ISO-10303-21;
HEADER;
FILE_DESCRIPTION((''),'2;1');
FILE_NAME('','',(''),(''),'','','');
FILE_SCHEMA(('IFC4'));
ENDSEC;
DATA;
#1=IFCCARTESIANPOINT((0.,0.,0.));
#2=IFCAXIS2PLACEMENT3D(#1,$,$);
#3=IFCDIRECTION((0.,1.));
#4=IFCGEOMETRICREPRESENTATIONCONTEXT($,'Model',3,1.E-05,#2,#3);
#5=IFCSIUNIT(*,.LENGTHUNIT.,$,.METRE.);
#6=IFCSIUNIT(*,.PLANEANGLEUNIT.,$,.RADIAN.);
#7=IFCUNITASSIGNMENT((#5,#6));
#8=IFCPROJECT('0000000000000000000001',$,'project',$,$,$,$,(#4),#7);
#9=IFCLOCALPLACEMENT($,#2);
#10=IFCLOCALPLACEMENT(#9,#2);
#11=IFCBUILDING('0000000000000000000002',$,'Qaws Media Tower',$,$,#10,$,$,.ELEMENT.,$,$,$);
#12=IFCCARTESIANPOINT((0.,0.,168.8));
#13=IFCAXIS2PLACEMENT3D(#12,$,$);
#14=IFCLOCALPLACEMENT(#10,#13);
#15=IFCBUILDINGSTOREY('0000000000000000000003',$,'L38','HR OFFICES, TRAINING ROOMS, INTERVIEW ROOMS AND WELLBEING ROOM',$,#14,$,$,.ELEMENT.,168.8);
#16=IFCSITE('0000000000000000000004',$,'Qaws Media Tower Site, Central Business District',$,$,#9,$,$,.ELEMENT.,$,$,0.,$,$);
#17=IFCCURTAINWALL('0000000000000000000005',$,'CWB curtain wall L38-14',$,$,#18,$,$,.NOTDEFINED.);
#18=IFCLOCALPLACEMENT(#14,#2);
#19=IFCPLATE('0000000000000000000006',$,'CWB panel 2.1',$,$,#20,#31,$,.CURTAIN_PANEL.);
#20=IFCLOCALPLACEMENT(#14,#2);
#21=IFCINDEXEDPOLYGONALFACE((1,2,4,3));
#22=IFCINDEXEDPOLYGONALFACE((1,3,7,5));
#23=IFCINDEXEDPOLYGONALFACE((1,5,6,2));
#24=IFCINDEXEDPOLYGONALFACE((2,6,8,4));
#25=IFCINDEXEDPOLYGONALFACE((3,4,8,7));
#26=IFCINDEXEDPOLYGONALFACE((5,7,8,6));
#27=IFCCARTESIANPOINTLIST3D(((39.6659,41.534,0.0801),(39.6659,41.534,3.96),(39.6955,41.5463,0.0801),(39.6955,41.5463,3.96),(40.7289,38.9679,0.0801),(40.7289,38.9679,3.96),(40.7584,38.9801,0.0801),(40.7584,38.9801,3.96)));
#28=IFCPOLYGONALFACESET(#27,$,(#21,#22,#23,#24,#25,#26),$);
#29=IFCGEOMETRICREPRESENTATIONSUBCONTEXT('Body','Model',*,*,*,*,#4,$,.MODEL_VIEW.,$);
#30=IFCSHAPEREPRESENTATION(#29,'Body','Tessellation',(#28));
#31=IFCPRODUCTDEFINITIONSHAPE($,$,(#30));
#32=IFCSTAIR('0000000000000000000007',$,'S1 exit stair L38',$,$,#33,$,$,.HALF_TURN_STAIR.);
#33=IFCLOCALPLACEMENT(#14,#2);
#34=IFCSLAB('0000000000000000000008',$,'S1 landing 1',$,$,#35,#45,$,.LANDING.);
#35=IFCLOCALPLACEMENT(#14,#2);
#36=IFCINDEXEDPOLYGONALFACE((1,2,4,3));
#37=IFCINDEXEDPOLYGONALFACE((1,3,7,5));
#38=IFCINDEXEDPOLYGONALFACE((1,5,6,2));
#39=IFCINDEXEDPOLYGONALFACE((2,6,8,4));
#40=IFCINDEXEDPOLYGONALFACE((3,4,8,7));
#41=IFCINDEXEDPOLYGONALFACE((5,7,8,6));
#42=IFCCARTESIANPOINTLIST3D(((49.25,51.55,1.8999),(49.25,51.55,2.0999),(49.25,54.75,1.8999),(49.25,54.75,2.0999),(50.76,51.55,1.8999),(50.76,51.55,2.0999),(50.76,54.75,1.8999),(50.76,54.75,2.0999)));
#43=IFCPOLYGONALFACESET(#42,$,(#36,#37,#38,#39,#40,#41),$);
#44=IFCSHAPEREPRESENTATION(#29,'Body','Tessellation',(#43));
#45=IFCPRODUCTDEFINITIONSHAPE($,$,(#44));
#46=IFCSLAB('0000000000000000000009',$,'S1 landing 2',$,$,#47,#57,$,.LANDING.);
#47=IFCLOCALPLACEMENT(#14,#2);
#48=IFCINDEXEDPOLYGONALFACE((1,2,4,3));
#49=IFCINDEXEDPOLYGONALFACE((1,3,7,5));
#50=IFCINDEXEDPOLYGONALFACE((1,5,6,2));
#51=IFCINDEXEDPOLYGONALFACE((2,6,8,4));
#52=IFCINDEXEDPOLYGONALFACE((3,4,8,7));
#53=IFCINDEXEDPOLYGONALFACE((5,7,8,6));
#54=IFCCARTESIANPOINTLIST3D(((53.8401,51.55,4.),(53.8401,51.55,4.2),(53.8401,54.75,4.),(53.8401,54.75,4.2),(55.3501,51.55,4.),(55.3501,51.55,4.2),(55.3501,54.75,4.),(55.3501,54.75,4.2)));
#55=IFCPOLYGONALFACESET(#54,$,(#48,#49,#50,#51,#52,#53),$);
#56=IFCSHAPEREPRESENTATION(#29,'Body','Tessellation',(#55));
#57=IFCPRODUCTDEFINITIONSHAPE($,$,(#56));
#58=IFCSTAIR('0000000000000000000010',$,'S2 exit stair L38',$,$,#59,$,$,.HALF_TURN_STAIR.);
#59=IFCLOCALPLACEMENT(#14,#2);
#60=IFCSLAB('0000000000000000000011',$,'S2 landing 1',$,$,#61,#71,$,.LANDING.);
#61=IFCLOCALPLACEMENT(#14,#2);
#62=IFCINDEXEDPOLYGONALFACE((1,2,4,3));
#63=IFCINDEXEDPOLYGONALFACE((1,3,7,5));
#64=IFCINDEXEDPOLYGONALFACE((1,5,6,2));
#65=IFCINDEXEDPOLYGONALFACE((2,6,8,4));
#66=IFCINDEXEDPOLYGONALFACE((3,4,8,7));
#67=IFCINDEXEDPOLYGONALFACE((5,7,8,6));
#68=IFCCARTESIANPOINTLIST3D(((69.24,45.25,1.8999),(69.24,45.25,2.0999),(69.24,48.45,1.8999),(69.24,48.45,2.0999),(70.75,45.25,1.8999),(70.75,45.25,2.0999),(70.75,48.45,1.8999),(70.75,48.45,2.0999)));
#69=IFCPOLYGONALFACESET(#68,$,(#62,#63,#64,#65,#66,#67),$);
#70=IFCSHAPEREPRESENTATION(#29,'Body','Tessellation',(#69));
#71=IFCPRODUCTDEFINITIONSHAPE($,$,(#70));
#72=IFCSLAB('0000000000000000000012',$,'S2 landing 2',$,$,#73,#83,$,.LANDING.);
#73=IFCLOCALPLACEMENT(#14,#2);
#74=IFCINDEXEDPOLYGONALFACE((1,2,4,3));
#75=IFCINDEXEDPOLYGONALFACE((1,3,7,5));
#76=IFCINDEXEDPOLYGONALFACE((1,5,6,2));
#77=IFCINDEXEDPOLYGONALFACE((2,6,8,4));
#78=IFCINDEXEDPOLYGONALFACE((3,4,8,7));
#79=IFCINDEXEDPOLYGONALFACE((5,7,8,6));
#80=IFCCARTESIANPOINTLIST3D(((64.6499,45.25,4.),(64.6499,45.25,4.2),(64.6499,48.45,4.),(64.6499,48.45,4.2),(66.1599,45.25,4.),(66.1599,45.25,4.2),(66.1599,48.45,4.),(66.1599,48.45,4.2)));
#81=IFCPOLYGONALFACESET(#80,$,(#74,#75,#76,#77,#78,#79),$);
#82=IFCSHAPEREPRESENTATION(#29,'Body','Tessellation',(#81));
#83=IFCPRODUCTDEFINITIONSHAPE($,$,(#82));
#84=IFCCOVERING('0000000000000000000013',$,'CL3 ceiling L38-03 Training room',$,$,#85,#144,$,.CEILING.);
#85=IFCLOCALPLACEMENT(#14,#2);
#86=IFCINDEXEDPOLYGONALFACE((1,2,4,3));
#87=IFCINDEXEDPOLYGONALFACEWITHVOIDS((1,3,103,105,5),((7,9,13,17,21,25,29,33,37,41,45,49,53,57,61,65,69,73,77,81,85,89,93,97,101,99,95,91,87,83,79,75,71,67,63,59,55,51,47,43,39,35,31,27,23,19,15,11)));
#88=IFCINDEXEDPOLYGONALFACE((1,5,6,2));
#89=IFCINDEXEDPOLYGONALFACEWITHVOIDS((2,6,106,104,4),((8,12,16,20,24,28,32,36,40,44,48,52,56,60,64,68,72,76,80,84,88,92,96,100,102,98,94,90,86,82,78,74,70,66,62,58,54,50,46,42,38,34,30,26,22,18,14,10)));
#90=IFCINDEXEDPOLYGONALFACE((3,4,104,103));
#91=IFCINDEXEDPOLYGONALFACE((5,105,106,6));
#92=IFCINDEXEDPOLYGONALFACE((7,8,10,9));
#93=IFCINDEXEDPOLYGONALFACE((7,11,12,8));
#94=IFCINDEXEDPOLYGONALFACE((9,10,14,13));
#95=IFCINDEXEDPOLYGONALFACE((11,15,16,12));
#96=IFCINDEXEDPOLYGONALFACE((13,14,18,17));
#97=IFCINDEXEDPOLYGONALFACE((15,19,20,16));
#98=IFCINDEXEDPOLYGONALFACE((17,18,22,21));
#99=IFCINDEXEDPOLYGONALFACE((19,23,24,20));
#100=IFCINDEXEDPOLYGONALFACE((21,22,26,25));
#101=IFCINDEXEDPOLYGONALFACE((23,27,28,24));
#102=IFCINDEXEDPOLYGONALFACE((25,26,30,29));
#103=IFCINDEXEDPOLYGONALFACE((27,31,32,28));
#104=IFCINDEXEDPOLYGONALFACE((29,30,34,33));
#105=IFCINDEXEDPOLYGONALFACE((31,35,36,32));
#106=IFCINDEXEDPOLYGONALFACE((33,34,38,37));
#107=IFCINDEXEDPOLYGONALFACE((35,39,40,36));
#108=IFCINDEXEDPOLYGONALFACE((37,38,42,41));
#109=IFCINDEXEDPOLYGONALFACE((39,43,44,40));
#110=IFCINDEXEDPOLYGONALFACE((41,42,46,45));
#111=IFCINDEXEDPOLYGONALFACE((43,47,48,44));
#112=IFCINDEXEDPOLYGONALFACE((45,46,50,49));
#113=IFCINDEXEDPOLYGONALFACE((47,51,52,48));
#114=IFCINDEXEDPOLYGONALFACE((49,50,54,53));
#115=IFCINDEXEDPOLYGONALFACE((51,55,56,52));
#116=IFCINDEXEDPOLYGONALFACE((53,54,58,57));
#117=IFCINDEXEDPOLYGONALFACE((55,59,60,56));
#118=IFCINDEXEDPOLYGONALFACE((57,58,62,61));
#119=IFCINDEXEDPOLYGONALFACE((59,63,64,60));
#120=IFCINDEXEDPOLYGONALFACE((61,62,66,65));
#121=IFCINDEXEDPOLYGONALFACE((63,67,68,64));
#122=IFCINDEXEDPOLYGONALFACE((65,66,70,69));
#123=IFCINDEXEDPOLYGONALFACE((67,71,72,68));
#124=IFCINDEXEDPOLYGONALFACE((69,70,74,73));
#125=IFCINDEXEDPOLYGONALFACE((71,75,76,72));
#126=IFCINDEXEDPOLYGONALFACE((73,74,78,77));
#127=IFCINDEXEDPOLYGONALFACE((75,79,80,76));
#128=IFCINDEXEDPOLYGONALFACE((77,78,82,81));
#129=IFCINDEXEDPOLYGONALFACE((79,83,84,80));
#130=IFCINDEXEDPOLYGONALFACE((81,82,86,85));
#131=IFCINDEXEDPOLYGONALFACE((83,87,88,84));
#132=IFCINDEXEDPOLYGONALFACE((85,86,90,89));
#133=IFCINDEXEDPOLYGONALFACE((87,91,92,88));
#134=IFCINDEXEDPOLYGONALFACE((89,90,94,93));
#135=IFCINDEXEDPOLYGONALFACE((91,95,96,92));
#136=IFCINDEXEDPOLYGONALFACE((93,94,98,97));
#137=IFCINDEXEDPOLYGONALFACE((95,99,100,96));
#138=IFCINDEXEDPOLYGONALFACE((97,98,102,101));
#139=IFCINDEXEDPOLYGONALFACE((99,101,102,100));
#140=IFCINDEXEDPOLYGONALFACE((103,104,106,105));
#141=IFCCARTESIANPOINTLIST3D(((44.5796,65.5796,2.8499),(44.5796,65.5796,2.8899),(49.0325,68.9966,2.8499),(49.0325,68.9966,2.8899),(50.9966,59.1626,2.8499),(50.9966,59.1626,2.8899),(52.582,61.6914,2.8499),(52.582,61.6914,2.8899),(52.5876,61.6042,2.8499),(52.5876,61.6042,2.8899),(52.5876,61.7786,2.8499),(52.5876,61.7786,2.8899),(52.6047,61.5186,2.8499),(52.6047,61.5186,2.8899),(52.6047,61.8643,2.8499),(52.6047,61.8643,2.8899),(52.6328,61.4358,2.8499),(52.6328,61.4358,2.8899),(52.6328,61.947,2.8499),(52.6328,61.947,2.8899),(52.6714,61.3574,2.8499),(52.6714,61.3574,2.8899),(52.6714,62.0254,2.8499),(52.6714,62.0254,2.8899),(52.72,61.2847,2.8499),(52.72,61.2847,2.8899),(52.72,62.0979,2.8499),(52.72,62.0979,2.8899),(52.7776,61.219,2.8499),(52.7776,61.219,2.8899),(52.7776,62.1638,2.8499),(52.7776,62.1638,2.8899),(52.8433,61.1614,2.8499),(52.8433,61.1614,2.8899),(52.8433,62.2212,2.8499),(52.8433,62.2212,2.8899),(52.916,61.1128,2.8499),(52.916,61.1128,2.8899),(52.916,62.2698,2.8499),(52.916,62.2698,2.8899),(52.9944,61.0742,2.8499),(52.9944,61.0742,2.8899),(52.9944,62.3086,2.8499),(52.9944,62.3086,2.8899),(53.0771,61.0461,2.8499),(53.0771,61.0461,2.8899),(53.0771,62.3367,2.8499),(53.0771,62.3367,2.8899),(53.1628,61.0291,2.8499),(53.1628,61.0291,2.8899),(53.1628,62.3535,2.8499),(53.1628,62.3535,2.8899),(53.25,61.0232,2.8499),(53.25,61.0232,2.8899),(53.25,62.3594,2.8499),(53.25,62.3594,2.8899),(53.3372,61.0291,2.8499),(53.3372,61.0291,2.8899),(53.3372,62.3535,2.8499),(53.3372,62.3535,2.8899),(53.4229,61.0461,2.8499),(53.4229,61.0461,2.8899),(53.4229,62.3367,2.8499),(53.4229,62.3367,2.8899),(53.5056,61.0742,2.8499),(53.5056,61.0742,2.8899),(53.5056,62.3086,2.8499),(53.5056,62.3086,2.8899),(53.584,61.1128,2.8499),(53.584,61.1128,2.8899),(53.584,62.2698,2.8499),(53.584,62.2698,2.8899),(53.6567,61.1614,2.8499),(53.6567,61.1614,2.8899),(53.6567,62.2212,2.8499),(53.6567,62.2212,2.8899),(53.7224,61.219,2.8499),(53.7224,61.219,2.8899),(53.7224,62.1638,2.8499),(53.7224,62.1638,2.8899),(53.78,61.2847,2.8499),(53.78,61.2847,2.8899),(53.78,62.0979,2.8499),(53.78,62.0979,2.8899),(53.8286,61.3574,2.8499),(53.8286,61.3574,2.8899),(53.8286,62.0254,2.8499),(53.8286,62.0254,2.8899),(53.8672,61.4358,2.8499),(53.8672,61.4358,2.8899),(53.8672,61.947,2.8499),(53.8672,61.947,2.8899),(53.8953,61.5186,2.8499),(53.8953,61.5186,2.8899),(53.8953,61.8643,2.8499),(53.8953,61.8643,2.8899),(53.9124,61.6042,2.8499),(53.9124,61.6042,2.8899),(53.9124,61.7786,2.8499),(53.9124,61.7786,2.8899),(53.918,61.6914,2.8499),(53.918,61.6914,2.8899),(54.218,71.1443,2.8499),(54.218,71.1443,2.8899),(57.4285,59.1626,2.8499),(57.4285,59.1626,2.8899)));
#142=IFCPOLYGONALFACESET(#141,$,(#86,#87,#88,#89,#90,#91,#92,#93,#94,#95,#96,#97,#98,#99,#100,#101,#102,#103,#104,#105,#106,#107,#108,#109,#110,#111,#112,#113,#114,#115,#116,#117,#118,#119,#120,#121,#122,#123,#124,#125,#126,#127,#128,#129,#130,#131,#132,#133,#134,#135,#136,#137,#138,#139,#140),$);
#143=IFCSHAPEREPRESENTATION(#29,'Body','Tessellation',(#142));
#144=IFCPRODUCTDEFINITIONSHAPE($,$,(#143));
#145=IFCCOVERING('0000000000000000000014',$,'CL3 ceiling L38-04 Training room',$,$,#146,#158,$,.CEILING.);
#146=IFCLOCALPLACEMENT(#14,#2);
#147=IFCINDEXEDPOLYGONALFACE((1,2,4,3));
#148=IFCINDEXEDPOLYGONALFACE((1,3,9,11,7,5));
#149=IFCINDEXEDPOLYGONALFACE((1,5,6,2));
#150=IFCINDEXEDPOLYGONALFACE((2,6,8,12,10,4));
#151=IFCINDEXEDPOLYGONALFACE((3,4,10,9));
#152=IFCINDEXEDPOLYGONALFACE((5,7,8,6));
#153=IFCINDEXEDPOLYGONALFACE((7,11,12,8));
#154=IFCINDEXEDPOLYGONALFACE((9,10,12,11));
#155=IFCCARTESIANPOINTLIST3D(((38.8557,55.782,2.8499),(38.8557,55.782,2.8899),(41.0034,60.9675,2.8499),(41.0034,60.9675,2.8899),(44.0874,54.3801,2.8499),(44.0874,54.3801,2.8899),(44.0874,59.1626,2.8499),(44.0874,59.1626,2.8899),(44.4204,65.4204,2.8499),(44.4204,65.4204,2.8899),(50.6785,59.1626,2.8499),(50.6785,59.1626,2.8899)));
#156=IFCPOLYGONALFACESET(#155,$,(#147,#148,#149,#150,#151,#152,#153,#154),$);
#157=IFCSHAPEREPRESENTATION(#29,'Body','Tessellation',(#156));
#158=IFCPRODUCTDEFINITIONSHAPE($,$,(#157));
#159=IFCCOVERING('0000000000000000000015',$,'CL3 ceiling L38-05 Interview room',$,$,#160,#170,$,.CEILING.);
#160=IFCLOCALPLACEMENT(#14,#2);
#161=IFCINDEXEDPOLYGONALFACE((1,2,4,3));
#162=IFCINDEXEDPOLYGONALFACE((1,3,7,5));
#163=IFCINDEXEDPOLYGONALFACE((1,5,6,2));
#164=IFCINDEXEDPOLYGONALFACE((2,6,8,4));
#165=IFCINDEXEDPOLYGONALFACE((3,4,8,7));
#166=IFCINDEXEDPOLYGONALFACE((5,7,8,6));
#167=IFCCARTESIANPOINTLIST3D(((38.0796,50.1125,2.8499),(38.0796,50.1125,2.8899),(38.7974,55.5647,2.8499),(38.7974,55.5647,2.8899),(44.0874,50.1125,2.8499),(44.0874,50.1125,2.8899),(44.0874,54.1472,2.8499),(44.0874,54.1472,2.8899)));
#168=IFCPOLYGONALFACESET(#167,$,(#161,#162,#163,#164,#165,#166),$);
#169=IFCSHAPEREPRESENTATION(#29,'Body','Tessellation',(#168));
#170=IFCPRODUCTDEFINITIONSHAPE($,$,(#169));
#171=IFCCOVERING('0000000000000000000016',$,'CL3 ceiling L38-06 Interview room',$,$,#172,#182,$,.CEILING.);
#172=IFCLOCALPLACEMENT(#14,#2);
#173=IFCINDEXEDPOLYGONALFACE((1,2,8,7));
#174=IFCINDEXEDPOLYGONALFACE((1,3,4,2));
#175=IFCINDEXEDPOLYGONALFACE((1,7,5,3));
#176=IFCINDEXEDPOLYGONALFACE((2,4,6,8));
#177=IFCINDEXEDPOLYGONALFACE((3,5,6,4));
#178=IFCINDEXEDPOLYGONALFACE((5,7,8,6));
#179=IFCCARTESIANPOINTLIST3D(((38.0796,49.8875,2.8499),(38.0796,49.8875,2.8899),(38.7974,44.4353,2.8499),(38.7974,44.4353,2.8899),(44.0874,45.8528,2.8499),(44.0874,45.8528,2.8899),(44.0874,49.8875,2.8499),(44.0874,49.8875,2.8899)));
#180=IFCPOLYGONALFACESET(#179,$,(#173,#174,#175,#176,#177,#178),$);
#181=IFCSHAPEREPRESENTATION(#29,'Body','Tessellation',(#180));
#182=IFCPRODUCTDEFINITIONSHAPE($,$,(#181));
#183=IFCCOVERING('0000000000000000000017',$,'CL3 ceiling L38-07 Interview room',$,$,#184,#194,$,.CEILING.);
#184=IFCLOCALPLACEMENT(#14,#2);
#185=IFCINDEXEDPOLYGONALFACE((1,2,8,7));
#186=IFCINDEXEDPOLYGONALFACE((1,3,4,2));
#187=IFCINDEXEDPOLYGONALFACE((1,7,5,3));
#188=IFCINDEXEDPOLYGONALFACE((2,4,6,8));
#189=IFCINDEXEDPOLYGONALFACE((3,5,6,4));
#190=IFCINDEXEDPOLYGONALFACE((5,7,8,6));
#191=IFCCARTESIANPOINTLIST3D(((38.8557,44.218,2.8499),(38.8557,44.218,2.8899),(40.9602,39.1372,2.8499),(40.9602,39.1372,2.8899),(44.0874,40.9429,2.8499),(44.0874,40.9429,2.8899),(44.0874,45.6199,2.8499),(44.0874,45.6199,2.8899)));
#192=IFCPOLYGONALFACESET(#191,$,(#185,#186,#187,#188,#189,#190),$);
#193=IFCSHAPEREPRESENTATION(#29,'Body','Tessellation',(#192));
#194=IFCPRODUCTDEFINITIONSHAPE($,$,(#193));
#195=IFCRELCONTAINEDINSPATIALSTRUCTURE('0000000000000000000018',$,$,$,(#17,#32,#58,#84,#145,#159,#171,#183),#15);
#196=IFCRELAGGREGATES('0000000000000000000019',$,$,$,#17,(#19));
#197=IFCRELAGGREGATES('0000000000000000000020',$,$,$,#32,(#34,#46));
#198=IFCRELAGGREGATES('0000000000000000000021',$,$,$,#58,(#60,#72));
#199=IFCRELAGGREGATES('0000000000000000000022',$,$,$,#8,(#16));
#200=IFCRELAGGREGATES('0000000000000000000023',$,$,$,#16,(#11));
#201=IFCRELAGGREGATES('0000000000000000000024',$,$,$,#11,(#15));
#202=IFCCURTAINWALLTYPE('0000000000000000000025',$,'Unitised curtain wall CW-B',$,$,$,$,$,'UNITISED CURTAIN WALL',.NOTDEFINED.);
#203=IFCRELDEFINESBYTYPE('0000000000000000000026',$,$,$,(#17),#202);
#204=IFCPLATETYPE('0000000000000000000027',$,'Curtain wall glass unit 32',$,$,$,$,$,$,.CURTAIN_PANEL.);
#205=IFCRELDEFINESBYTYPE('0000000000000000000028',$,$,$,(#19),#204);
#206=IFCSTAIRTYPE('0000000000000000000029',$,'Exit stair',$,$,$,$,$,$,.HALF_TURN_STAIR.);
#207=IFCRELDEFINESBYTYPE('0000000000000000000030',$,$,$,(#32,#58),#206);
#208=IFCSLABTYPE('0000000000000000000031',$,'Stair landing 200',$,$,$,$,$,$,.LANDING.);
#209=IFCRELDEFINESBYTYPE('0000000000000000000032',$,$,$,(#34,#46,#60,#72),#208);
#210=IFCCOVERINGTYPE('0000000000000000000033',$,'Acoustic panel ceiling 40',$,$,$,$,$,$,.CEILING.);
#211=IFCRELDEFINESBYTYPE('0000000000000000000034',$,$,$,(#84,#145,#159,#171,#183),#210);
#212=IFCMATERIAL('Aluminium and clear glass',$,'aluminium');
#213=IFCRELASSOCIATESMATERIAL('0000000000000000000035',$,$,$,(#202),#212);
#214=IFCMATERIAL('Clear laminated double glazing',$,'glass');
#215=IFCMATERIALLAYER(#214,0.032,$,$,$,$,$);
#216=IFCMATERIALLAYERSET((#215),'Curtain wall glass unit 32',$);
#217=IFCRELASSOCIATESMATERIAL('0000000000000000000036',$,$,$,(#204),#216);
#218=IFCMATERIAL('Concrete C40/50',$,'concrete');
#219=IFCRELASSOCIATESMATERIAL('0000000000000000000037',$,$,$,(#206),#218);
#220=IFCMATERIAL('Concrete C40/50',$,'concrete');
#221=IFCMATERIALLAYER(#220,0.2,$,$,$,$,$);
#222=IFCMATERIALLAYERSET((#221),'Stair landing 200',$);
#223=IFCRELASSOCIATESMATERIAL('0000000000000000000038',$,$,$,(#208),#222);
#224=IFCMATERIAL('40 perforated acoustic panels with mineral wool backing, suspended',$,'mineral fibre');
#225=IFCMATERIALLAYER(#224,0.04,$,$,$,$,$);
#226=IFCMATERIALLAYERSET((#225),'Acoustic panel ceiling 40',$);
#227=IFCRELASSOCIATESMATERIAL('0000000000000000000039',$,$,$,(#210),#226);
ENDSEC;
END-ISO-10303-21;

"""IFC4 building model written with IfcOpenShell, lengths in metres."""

from ifc_helpers import new_model, si_unit, direction, frame, origin, origin_2d, place, context, subcontext, project, spatial, polyline, rectangle, outline, extrude, material, layer, layer_set, type_object, element, aggregate, save


model = new_model("IFC4")

# Units and contexts
model_context = context("Model", 3, precision=1e-05, world=origin(), true_north=direction((0.0, 1.0)))
body_context = subcontext(model_context, "Body", "Model", "MODEL_VIEW")
ifc_project = project(units=[si_unit("LENGTHUNIT", "METRE"), si_unit("PLANEANGLEUNIT", "RADIAN")], contexts=[model_context])

# Site, building, storey
site_placement = place(None, origin())
site = spatial("IfcSite", under=ifc_project, at=site_placement, Name="Qaws Media Tower Site, Central Business District", CompositionType="ELEMENT", RefElevation=0.0)
building_placement = place(site_placement, origin())
building = spatial("IfcBuilding", under=site, at=building_placement, Name="Qaws Media Tower", CompositionType="ELEMENT")
storey_placement = place(building_placement, frame((0.0, 0.0, 168.8)))
storey = spatial("IfcBuildingStorey", under=building, at=storey_placement, Name="L38", Description="HR OFFICES, TRAINING ROOMS, INTERVIEW ROOMS AND WELLBEING ROOM", CompositionType="ELEMENT", Elevation=168.8)

# Curtain wall
ifc_material_1 = material(Name="Aluminium and clear glass", Category="aluminium")
curtain_wall_type = type_object("IfcCurtainWallType", Name="Unitised curtain wall CW-B", ElementType="UNITISED CURTAIN WALL", PredefinedType="NOTDEFINED", material=ifc_material_1)
curtain_wall_placement = place(storey_placement, origin())
curtain_wall = element("IfcCurtainWall", 1, at=curtain_wall_placement, inside=storey, type_object=curtain_wall_type, Name="CWB curtain wall L38-14", PredefinedType="NOTDEFINED")

# Plate
ifc_material_2 = material(Name="Clear laminated double glazing", Category="glass")
ifc_layer_1 = layer(ifc_material_2, 0.032)
ifc_layer_set_1 = layer_set([ifc_layer_1], Name="Curtain wall glass unit 32")
plate_type = type_object("IfcPlateType", Name="Curtain wall glass unit 32", PredefinedType="CURTAIN_PANEL", material=ifc_layer_set_1)
plate_1_placement = place(storey_placement, frame((40.2122, 40.2571, 0.0801), z_axis=(0.0, 0.0, 1.0), x_axis=(0.382683, -0.92388, 0.0)))
plate_1 = element("IfcPlate", 2, at=plate_1_placement, type_object=plate_type, Name="CWB panel 2.1", PredefinedType="CURTAIN_PANEL", context=body_context, shape_type="SweptSolid", body=[
    extrude(rectangle(XDim=2.7776, YDim=0.032, at=origin_2d()), origin(), (0.0, 0.0, 1.0), 3.8799),
])
aggregate(curtain_wall, [plate_1])

# Stairs, slabs
ifc_material_3 = material(Name="Concrete C40/50", Category="concrete")
stair_type = type_object("IfcStairType", Name="Exit stair", PredefinedType="HALF_TURN_STAIR", material=ifc_material_3)
stair_1_placement = place(storey_placement, origin())
stair_1 = element("IfcStair", 3, at=stair_1_placement, inside=storey, type_object=stair_type, Name="S1 exit stair L38", PredefinedType="HALF_TURN_STAIR")
ifc_material_4 = material(Name="Concrete C40/50", Category="concrete")
ifc_layer_2 = layer(ifc_material_4, 0.2)
ifc_layer_set_2 = layer_set([ifc_layer_2], Name="Stair landing 200")
slab_type = type_object("IfcSlabType", Name="Stair landing 200", PredefinedType="LANDING", material=ifc_layer_set_2)
slab_1_placement = place(storey_placement, frame((0.0, 0.0, 1.8999)))
slab_1 = element("IfcSlab", 4, at=slab_1_placement, type_object=slab_type, Name="S1 landing 1", PredefinedType="LANDING", context=body_context, shape_type="SweptSolid", body=[
    extrude(outline(polyline([(49.25, 51.55), (50.76, 51.55), (50.76, 54.75), (49.25, 54.75), (49.25, 51.55)])), origin(), (0.0, 0.0, 1.0), 0.2),
])
slab_2_placement = place(storey_placement, frame((0.0, 0.0, 4.0)))
slab_2 = element("IfcSlab", 5, at=slab_2_placement, type_object=slab_type, Name="S1 landing 2", PredefinedType="LANDING", context=body_context, shape_type="SweptSolid", body=[
    extrude(outline(polyline([(53.8401, 51.55), (55.3501, 51.55), (55.3501, 54.75), (53.8401, 54.75), (53.8401, 51.55)])), origin(), (0.0, 0.0, 1.0), 0.2),
])
aggregate(stair_1, [slab_1, slab_2])
stair_2_placement = place(storey_placement, origin())
stair_2 = element("IfcStair", 6, at=stair_2_placement, inside=storey, type_object=stair_type, Name="S2 exit stair L38", PredefinedType="HALF_TURN_STAIR")
slab_3_placement = place(storey_placement, frame((0.0, 0.0, 1.8999)))
slab_3 = element("IfcSlab", 7, at=slab_3_placement, type_object=slab_type, Name="S2 landing 1", PredefinedType="LANDING", context=body_context, shape_type="SweptSolid", body=[
    extrude(outline(polyline([(69.24, 45.25), (70.75, 45.25), (70.75, 48.45), (69.24, 48.45), (69.24, 45.25)])), origin(), (0.0, 0.0, 1.0), 0.2),
])
slab_4_placement = place(storey_placement, frame((0.0, 0.0, 4.0)))
slab_4 = element("IfcSlab", 8, at=slab_4_placement, type_object=slab_type, Name="S2 landing 2", PredefinedType="LANDING", context=body_context, shape_type="SweptSolid", body=[
    extrude(outline(polyline([(64.6499, 45.25), (66.1599, 45.25), (66.1599, 48.45), (64.6499, 48.45), (64.6499, 45.25)])), origin(), (0.0, 0.0, 1.0), 0.2),
])
aggregate(stair_2, [slab_3, slab_4])

# Coverings
ifc_material_5 = material(Name="40 perforated acoustic panels with mineral wool backing, suspended", Category="mineral fibre")
ifc_layer_3 = layer(ifc_material_5, 0.04)
ifc_layer_set_3 = layer_set([ifc_layer_3], Name="Acoustic panel ceiling 40")
covering_type_1 = type_object("IfcCoveringType", Name="Acoustic panel ceiling 40", PredefinedType="CEILING", material=ifc_layer_set_3)
covering_1_placement = place(storey_placement, frame((0.0, 0.0, 2.8499)))
element("IfcCovering", 9, at=covering_1_placement, inside=storey, type_object=covering_type_1, Name="CL3 ceiling L38-03 Training room", PredefinedType="CEILING", context=body_context, shape_type="SweptSolid", body=[
    extrude(outline(polyline([(49.0325, 68.9966), (54.218, 71.1443), (57.4285, 59.1626), (50.9966, 59.1626), (44.5796, 65.5796), (49.0325, 68.9966)]), holes=[polyline([(53.8672, 61.4358), (53.8953, 61.5186), (53.9124, 61.6042), (53.918, 61.6914), (53.9124, 61.7786), (53.8953, 61.8643), (53.8672, 61.947), (53.8286, 62.0254), (53.78, 62.0979), (53.7224, 62.1638), (53.6567, 62.2212), (53.584, 62.2698), (53.5056, 62.3086), (53.4229, 62.3367), (53.3372, 62.3535), (53.25, 62.3594), (53.1628, 62.3535), (53.0771, 62.3367), (52.9944, 62.3086), (52.916, 62.2698), (52.8433, 62.2212), (52.7776, 62.1638), (52.72, 62.0979), (52.6714, 62.0254), (52.6328, 61.947), (52.6047, 61.8643), (52.5876, 61.7786), (52.582, 61.6914), (52.5876, 61.6042), (52.6047, 61.5186), (52.6328, 61.4358), (52.6714, 61.3574), (52.72, 61.2847), (52.7776, 61.219), (52.8433, 61.1614), (52.916, 61.1128), (52.9944, 61.0742), (53.0771, 61.0461), (53.1628, 61.0291), (53.25, 61.0232), (53.3372, 61.0291), (53.4229, 61.0461), (53.5056, 61.0742), (53.584, 61.1128), (53.6567, 61.1614), (53.7224, 61.219), (53.78, 61.2847), (53.8286, 61.3574), (53.8672, 61.4358)])]), origin(), (0.0, 0.0, 1.0), 0.04),
])
covering_2_placement = place(storey_placement, frame((0.0, 0.0, 2.8499)))
element("IfcCovering", 10, at=covering_2_placement, inside=storey, type_object=covering_type_1, Name="CL3 ceiling L38-04 Training room", PredefinedType="CEILING", context=body_context, shape_type="SweptSolid", body=[
    extrude(outline(polyline([(41.0034, 60.9675), (44.4204, 65.4204), (50.6785, 59.1626), (44.0874, 59.1626), (44.0874, 54.3801), (38.8557, 55.782), (41.0034, 60.9675)])), origin(), (0.0, 0.0, 1.0), 0.04),
])
covering_3_placement = place(storey_placement, frame((0.0, 0.0, 2.8499)))
element("IfcCovering", 11, at=covering_3_placement, inside=storey, type_object=covering_type_1, Name="CL3 ceiling L38-05 Interview room", PredefinedType="CEILING", context=body_context, shape_type="SweptSolid", body=[
    extrude(outline(polyline([(38.7974, 55.5647), (44.0874, 54.1472), (44.0874, 50.1125), (38.0796, 50.1125), (38.7974, 55.5647)])), origin(), (0.0, 0.0, 1.0), 0.04),
])
covering_4_placement = place(storey_placement, frame((0.0, 0.0, 2.8499)))
element("IfcCovering", 12, at=covering_4_placement, inside=storey, type_object=covering_type_1, Name="CL3 ceiling L38-06 Interview room", PredefinedType="CEILING", context=body_context, shape_type="SweptSolid", body=[
    extrude(outline(polyline([(38.0796, 49.8875), (44.0874, 49.8875), (44.0874, 45.8528), (38.7974, 44.4353), (38.0796, 49.8875)])), origin(), (0.0, 0.0, 1.0), 0.04),
])
covering_5_placement = place(storey_placement, frame((0.0, 0.0, 2.8499)))
element("IfcCovering", 13, at=covering_5_placement, inside=storey, type_object=covering_type_1, Name="CL3 ceiling L38-07 Interview room", PredefinedType="CEILING", context=body_context, shape_type="SweptSolid", body=[
    extrude(outline(polyline([(38.8557, 44.218), (44.0874, 45.6199), (44.0874, 40.9429), (40.9602, 39.1372), (38.8557, 44.218)])), origin(), (0.0, 0.0, 1.0), 0.04),
])

save(model, "model.ifc")
